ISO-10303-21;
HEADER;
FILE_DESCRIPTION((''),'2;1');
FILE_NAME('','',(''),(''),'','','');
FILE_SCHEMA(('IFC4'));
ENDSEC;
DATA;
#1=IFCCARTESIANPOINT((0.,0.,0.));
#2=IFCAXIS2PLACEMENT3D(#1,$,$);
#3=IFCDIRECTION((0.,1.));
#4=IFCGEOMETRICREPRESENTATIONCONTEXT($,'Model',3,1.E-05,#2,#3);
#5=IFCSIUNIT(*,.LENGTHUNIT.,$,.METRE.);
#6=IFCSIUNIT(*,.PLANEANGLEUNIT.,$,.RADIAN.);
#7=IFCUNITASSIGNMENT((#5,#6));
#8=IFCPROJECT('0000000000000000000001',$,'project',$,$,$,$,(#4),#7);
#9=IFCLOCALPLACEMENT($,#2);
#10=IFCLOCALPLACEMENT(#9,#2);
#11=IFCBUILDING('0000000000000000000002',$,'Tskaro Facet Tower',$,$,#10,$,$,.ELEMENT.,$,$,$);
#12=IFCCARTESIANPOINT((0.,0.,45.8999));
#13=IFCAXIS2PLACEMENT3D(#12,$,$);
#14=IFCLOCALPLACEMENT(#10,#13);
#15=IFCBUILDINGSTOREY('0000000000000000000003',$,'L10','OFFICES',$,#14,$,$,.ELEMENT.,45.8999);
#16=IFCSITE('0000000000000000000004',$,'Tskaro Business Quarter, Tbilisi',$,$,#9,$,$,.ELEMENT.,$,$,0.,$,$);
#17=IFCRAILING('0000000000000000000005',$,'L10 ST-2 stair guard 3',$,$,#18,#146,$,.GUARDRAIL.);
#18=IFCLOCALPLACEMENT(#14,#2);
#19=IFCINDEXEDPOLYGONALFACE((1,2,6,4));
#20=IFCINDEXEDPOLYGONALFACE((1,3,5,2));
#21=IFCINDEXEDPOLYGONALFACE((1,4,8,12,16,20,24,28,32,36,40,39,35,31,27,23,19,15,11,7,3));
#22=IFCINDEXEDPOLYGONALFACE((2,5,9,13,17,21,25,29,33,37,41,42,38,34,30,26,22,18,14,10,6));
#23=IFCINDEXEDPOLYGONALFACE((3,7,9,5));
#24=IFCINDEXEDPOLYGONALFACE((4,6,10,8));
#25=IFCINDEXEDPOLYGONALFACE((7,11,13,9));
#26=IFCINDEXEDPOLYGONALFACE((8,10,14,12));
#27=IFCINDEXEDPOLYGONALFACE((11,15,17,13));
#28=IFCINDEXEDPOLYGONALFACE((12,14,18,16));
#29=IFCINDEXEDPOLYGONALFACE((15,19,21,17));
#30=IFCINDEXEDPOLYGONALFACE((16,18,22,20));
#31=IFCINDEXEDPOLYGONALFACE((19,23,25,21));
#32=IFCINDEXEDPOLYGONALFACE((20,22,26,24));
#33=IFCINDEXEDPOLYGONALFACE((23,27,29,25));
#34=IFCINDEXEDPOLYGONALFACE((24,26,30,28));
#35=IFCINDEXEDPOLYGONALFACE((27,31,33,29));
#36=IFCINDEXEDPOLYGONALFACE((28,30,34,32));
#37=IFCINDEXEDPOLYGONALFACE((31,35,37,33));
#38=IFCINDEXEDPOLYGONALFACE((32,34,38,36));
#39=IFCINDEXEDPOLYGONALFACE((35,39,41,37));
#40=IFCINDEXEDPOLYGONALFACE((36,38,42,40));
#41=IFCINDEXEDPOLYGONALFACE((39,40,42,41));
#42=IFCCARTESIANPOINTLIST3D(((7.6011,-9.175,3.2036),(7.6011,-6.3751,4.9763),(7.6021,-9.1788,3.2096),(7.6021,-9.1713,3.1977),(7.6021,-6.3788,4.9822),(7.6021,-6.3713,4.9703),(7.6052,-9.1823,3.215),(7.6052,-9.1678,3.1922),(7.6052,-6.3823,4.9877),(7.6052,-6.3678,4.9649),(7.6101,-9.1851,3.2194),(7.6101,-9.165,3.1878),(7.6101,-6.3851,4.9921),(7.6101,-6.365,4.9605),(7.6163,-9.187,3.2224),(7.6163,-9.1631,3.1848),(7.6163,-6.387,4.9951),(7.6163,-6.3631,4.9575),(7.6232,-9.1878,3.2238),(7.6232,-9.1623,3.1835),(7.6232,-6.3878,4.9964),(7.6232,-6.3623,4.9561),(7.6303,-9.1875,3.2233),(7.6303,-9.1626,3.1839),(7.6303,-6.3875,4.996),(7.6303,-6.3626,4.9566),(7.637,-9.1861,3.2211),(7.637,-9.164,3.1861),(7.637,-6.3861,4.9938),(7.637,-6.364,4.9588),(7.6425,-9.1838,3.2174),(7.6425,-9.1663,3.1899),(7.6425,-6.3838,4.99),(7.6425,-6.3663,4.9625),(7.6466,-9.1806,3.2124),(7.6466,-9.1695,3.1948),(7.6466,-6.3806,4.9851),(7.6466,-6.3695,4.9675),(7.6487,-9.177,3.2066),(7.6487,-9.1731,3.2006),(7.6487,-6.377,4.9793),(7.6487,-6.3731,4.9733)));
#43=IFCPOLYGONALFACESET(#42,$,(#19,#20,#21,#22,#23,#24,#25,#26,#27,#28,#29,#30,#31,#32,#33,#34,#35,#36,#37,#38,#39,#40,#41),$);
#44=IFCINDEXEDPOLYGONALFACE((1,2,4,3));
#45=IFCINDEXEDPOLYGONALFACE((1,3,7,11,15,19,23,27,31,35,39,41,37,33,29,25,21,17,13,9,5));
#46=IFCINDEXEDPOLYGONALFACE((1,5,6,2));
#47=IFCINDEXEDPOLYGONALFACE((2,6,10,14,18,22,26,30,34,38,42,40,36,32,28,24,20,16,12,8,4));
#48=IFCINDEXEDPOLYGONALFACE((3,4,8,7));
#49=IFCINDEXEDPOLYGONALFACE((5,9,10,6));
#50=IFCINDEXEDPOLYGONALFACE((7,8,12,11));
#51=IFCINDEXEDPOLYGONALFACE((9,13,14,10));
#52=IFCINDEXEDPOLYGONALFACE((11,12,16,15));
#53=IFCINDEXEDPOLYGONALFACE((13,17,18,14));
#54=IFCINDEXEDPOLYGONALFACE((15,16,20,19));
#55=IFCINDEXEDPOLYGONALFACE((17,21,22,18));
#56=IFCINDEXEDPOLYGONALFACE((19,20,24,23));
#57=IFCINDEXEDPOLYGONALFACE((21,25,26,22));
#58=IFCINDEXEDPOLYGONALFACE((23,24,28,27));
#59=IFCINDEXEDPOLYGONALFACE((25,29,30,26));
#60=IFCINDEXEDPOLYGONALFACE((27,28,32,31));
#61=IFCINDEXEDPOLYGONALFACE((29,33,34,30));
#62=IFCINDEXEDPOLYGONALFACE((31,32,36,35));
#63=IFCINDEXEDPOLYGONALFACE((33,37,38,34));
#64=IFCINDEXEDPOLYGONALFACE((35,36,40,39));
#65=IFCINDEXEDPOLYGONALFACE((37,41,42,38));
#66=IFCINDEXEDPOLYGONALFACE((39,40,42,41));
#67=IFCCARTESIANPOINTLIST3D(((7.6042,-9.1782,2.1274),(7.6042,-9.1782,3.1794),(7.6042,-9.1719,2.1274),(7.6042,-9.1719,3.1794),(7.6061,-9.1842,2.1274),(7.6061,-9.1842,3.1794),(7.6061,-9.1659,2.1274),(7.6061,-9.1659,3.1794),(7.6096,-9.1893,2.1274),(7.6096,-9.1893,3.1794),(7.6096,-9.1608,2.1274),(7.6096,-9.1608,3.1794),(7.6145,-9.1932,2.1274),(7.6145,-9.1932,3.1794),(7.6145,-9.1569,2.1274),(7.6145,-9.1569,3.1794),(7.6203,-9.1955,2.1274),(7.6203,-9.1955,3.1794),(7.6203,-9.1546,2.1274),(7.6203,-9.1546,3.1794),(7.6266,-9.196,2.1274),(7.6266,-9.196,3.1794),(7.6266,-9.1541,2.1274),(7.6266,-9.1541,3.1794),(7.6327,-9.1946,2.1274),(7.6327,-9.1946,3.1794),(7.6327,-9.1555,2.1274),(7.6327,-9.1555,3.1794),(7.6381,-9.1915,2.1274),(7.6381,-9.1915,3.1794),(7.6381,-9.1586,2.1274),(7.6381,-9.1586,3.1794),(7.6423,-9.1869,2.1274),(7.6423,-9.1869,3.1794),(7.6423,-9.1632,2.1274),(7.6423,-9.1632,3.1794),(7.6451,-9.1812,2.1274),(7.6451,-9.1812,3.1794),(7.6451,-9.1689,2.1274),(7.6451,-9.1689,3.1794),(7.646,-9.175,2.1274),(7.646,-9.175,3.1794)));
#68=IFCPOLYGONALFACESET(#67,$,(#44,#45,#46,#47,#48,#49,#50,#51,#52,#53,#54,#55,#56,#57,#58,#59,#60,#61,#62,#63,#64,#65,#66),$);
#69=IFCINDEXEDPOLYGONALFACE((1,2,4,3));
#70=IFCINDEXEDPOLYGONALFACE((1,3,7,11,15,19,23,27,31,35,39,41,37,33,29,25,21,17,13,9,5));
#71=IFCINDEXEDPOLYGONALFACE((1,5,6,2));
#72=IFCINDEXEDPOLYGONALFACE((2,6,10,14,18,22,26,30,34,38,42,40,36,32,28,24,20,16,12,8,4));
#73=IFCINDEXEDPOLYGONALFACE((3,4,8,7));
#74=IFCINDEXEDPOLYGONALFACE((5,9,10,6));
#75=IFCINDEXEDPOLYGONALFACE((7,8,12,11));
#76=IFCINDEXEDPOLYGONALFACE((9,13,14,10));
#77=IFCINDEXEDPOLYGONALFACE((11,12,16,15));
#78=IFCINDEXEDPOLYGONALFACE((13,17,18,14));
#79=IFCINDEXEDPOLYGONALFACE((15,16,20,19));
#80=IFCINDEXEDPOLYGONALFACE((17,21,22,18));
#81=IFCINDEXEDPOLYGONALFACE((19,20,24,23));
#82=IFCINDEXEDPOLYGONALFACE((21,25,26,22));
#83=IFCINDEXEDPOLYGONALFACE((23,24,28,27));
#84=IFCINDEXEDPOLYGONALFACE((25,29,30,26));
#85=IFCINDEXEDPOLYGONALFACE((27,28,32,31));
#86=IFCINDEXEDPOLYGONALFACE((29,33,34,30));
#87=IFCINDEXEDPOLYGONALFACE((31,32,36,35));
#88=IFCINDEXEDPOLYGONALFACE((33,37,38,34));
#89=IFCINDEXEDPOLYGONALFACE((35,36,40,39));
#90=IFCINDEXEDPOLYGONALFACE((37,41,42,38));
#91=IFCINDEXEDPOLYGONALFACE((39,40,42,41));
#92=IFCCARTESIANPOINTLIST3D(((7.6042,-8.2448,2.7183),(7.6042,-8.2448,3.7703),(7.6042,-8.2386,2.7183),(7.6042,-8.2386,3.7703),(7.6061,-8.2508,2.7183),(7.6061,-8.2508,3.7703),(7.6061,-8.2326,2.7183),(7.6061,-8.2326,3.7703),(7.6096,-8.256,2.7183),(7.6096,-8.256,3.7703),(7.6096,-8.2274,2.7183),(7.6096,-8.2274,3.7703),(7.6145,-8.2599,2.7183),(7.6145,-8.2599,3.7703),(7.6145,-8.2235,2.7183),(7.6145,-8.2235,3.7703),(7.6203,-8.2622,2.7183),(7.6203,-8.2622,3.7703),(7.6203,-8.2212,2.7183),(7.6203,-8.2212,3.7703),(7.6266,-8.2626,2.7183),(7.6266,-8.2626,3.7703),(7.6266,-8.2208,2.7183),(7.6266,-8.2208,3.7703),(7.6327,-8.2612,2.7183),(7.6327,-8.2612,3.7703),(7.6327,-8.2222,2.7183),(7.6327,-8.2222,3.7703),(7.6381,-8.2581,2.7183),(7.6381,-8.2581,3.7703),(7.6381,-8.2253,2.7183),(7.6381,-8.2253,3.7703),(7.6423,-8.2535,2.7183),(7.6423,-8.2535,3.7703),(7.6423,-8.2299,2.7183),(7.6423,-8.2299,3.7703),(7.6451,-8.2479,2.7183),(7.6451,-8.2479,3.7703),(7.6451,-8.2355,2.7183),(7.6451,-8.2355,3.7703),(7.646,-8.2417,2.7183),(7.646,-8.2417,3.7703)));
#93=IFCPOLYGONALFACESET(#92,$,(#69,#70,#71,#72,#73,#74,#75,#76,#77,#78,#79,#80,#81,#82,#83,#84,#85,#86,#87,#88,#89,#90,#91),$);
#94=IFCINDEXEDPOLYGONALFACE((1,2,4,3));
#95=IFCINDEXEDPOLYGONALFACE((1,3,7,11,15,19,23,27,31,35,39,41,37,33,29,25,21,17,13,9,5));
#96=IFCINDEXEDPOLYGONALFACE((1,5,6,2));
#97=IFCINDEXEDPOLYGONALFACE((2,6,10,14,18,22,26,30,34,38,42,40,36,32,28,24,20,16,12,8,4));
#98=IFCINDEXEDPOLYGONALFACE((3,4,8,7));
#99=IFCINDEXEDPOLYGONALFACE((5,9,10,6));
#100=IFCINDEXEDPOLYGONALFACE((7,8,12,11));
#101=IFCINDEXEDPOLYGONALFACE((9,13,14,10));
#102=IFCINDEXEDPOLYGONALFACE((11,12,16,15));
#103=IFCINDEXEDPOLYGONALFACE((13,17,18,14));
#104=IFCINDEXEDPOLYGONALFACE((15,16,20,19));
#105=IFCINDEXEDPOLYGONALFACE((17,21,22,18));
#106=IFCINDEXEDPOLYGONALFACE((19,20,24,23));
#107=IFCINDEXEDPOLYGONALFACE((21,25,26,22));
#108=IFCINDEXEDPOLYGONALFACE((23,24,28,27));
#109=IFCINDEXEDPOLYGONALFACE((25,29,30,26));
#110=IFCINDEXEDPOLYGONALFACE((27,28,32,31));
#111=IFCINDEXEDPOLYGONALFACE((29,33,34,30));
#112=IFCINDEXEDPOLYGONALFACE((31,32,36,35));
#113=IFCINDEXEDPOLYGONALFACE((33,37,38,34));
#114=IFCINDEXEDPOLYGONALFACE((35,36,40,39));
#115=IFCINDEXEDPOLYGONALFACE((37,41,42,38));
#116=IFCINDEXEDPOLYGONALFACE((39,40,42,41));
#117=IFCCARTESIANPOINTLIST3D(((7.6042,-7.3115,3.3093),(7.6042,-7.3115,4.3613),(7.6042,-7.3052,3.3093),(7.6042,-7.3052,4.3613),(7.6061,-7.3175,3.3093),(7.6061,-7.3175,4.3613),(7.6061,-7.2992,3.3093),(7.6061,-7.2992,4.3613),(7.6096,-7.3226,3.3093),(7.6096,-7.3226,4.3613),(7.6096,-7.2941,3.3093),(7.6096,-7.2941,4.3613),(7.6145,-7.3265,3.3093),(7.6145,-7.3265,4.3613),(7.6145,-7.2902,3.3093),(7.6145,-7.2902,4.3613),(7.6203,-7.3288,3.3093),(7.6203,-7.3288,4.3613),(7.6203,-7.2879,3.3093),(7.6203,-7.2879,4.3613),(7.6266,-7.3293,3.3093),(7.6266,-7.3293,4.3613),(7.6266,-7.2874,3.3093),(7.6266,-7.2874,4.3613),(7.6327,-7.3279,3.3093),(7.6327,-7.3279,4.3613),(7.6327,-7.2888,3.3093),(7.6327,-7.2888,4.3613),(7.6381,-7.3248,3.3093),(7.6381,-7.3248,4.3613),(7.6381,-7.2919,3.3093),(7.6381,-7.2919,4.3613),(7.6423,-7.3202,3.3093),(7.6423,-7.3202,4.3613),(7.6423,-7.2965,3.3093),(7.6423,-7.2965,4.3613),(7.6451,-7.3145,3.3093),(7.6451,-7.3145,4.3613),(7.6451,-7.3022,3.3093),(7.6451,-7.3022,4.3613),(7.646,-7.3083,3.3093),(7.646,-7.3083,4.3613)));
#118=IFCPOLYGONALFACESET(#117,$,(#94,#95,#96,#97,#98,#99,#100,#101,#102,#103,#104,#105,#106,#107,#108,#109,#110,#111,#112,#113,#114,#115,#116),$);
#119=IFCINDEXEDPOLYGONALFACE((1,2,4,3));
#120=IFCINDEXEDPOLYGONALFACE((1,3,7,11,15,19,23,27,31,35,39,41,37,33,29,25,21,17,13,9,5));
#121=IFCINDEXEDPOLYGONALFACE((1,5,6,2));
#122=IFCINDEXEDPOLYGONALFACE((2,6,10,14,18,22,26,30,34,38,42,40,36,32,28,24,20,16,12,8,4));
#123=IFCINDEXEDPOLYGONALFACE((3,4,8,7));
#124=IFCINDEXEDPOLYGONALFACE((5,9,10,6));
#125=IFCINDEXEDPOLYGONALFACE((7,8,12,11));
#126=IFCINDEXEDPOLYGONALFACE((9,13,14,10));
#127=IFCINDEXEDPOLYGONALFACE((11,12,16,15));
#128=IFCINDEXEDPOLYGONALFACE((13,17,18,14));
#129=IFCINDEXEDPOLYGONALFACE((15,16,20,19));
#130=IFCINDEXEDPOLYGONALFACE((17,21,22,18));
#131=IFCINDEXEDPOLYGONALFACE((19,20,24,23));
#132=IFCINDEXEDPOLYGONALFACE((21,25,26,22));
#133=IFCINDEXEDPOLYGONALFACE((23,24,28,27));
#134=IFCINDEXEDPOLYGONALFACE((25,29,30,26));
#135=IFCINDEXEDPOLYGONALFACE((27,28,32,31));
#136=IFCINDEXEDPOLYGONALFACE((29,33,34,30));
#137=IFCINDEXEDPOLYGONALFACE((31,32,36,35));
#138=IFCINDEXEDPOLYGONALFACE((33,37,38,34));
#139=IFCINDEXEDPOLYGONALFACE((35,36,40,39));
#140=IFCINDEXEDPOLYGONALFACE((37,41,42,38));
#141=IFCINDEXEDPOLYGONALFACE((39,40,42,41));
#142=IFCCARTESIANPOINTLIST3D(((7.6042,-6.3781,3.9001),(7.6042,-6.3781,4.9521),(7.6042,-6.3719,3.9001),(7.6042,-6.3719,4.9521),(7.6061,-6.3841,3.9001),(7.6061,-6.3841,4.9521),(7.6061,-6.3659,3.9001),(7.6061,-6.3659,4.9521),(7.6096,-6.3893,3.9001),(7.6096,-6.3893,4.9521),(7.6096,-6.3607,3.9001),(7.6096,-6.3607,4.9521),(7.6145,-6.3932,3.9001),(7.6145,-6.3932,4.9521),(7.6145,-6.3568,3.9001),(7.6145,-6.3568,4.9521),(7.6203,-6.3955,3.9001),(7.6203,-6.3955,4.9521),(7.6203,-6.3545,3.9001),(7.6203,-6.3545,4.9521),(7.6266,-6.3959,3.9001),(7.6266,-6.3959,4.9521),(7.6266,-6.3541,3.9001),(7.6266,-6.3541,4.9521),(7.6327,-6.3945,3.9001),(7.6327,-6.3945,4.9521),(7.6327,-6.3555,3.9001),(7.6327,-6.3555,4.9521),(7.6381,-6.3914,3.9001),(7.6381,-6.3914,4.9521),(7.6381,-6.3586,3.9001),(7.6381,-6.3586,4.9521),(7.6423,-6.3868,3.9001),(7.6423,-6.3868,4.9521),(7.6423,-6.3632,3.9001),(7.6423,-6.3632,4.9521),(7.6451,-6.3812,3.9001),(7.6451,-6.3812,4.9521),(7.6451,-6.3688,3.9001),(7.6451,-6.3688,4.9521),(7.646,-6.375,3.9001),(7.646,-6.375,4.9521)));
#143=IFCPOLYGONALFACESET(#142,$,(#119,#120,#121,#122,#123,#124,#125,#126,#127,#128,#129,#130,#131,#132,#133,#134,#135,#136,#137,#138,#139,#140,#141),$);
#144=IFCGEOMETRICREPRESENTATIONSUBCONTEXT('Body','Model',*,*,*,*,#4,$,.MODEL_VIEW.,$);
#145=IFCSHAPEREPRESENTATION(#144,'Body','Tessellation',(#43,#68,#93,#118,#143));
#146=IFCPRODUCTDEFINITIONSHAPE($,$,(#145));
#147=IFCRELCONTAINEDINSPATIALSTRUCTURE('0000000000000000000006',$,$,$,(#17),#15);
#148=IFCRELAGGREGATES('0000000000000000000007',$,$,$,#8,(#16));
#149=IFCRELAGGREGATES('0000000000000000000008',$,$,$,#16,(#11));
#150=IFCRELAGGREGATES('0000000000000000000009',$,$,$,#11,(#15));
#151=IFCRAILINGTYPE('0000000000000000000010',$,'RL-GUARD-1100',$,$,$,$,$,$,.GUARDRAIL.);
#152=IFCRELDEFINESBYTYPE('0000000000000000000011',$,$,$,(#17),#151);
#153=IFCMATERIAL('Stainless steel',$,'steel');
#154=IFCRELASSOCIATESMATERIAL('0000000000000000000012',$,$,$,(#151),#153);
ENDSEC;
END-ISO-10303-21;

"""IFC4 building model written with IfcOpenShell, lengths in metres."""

from ifc_helpers import new_model, si_unit, direction, frame, origin, origin_2d, place, context, subcontext, project, spatial, circle, extrude, material, type_object, element, save


model = new_model("IFC4")

# Units and contexts
model_context = context("Model", 3, precision=1e-05, world=origin(), true_north=direction((0.0, 1.0)))
body_context = subcontext(model_context, "Body", "Model", "MODEL_VIEW")
ifc_project = project(units=[si_unit("LENGTHUNIT", "METRE"), si_unit("PLANEANGLEUNIT", "RADIAN")], contexts=[model_context])

# Site, building, storey
site_placement = place(None, origin())
site = spatial("IfcSite", under=ifc_project, at=site_placement, Name="Tskaro Business Quarter, Tbilisi", CompositionType="ELEMENT", RefElevation=0.0)
building_placement = place(site_placement, origin())
building = spatial("IfcBuilding", under=site, at=building_placement, Name="Tskaro Facet Tower", CompositionType="ELEMENT")
storey_placement = place(building_placement, frame((0.0, 0.0, 45.8999)))
storey = spatial("IfcBuildingStorey", under=building, at=storey_placement, Name="L10", Description="OFFICES", CompositionType="ELEMENT", Elevation=45.8999)

# Railing
ifc_material_1 = material(Name="Stainless steel", Category="steel")
railing_type_1 = type_object("IfcRailingType", Name="RL-GUARD-1100", PredefinedType="GUARDRAIL", material=ifc_material_1)
railing_1_placement = place(storey_placement, frame((7.625, -9.175, 2.1274)))
element("IfcRailing", 1, at=railing_1_placement, inside=storey, type_object=railing_type_1, Name="L10 ST-2 stair guard 3", PredefinedType="GUARDRAIL", context=body_context, shape_type="SweptSolid", body=[
    extrude(circle(Radius=0.0239, at=origin_2d()), frame((0.0, 0.0, 1.0762), z_axis=(0.0, 0.844909, 0.53491), x_axis=(-1.0, 0.0, 0.0)), (0.0, 0.0, 1.0), 3.314),
    extrude(circle(Radius=0.021, at=origin_2d()), origin(), (0.0, 0.0, 1.0), 1.052),
    extrude(circle(Radius=0.021, at=origin_2d()), frame((0.0, 0.9333, 0.5908)), (0.0, 0.0, 1.0), 1.052),
    extrude(circle(Radius=0.021, at=origin_2d()), frame((0.0, 1.8667, 1.1819)), (0.0, 0.0, 1.0), 1.052),
    extrude(circle(Radius=0.021, at=origin_2d()), frame((0.0, 2.8, 1.7727)), (0.0, 0.0, 1.0), 1.052),
])

save(model, "model.ifc")
